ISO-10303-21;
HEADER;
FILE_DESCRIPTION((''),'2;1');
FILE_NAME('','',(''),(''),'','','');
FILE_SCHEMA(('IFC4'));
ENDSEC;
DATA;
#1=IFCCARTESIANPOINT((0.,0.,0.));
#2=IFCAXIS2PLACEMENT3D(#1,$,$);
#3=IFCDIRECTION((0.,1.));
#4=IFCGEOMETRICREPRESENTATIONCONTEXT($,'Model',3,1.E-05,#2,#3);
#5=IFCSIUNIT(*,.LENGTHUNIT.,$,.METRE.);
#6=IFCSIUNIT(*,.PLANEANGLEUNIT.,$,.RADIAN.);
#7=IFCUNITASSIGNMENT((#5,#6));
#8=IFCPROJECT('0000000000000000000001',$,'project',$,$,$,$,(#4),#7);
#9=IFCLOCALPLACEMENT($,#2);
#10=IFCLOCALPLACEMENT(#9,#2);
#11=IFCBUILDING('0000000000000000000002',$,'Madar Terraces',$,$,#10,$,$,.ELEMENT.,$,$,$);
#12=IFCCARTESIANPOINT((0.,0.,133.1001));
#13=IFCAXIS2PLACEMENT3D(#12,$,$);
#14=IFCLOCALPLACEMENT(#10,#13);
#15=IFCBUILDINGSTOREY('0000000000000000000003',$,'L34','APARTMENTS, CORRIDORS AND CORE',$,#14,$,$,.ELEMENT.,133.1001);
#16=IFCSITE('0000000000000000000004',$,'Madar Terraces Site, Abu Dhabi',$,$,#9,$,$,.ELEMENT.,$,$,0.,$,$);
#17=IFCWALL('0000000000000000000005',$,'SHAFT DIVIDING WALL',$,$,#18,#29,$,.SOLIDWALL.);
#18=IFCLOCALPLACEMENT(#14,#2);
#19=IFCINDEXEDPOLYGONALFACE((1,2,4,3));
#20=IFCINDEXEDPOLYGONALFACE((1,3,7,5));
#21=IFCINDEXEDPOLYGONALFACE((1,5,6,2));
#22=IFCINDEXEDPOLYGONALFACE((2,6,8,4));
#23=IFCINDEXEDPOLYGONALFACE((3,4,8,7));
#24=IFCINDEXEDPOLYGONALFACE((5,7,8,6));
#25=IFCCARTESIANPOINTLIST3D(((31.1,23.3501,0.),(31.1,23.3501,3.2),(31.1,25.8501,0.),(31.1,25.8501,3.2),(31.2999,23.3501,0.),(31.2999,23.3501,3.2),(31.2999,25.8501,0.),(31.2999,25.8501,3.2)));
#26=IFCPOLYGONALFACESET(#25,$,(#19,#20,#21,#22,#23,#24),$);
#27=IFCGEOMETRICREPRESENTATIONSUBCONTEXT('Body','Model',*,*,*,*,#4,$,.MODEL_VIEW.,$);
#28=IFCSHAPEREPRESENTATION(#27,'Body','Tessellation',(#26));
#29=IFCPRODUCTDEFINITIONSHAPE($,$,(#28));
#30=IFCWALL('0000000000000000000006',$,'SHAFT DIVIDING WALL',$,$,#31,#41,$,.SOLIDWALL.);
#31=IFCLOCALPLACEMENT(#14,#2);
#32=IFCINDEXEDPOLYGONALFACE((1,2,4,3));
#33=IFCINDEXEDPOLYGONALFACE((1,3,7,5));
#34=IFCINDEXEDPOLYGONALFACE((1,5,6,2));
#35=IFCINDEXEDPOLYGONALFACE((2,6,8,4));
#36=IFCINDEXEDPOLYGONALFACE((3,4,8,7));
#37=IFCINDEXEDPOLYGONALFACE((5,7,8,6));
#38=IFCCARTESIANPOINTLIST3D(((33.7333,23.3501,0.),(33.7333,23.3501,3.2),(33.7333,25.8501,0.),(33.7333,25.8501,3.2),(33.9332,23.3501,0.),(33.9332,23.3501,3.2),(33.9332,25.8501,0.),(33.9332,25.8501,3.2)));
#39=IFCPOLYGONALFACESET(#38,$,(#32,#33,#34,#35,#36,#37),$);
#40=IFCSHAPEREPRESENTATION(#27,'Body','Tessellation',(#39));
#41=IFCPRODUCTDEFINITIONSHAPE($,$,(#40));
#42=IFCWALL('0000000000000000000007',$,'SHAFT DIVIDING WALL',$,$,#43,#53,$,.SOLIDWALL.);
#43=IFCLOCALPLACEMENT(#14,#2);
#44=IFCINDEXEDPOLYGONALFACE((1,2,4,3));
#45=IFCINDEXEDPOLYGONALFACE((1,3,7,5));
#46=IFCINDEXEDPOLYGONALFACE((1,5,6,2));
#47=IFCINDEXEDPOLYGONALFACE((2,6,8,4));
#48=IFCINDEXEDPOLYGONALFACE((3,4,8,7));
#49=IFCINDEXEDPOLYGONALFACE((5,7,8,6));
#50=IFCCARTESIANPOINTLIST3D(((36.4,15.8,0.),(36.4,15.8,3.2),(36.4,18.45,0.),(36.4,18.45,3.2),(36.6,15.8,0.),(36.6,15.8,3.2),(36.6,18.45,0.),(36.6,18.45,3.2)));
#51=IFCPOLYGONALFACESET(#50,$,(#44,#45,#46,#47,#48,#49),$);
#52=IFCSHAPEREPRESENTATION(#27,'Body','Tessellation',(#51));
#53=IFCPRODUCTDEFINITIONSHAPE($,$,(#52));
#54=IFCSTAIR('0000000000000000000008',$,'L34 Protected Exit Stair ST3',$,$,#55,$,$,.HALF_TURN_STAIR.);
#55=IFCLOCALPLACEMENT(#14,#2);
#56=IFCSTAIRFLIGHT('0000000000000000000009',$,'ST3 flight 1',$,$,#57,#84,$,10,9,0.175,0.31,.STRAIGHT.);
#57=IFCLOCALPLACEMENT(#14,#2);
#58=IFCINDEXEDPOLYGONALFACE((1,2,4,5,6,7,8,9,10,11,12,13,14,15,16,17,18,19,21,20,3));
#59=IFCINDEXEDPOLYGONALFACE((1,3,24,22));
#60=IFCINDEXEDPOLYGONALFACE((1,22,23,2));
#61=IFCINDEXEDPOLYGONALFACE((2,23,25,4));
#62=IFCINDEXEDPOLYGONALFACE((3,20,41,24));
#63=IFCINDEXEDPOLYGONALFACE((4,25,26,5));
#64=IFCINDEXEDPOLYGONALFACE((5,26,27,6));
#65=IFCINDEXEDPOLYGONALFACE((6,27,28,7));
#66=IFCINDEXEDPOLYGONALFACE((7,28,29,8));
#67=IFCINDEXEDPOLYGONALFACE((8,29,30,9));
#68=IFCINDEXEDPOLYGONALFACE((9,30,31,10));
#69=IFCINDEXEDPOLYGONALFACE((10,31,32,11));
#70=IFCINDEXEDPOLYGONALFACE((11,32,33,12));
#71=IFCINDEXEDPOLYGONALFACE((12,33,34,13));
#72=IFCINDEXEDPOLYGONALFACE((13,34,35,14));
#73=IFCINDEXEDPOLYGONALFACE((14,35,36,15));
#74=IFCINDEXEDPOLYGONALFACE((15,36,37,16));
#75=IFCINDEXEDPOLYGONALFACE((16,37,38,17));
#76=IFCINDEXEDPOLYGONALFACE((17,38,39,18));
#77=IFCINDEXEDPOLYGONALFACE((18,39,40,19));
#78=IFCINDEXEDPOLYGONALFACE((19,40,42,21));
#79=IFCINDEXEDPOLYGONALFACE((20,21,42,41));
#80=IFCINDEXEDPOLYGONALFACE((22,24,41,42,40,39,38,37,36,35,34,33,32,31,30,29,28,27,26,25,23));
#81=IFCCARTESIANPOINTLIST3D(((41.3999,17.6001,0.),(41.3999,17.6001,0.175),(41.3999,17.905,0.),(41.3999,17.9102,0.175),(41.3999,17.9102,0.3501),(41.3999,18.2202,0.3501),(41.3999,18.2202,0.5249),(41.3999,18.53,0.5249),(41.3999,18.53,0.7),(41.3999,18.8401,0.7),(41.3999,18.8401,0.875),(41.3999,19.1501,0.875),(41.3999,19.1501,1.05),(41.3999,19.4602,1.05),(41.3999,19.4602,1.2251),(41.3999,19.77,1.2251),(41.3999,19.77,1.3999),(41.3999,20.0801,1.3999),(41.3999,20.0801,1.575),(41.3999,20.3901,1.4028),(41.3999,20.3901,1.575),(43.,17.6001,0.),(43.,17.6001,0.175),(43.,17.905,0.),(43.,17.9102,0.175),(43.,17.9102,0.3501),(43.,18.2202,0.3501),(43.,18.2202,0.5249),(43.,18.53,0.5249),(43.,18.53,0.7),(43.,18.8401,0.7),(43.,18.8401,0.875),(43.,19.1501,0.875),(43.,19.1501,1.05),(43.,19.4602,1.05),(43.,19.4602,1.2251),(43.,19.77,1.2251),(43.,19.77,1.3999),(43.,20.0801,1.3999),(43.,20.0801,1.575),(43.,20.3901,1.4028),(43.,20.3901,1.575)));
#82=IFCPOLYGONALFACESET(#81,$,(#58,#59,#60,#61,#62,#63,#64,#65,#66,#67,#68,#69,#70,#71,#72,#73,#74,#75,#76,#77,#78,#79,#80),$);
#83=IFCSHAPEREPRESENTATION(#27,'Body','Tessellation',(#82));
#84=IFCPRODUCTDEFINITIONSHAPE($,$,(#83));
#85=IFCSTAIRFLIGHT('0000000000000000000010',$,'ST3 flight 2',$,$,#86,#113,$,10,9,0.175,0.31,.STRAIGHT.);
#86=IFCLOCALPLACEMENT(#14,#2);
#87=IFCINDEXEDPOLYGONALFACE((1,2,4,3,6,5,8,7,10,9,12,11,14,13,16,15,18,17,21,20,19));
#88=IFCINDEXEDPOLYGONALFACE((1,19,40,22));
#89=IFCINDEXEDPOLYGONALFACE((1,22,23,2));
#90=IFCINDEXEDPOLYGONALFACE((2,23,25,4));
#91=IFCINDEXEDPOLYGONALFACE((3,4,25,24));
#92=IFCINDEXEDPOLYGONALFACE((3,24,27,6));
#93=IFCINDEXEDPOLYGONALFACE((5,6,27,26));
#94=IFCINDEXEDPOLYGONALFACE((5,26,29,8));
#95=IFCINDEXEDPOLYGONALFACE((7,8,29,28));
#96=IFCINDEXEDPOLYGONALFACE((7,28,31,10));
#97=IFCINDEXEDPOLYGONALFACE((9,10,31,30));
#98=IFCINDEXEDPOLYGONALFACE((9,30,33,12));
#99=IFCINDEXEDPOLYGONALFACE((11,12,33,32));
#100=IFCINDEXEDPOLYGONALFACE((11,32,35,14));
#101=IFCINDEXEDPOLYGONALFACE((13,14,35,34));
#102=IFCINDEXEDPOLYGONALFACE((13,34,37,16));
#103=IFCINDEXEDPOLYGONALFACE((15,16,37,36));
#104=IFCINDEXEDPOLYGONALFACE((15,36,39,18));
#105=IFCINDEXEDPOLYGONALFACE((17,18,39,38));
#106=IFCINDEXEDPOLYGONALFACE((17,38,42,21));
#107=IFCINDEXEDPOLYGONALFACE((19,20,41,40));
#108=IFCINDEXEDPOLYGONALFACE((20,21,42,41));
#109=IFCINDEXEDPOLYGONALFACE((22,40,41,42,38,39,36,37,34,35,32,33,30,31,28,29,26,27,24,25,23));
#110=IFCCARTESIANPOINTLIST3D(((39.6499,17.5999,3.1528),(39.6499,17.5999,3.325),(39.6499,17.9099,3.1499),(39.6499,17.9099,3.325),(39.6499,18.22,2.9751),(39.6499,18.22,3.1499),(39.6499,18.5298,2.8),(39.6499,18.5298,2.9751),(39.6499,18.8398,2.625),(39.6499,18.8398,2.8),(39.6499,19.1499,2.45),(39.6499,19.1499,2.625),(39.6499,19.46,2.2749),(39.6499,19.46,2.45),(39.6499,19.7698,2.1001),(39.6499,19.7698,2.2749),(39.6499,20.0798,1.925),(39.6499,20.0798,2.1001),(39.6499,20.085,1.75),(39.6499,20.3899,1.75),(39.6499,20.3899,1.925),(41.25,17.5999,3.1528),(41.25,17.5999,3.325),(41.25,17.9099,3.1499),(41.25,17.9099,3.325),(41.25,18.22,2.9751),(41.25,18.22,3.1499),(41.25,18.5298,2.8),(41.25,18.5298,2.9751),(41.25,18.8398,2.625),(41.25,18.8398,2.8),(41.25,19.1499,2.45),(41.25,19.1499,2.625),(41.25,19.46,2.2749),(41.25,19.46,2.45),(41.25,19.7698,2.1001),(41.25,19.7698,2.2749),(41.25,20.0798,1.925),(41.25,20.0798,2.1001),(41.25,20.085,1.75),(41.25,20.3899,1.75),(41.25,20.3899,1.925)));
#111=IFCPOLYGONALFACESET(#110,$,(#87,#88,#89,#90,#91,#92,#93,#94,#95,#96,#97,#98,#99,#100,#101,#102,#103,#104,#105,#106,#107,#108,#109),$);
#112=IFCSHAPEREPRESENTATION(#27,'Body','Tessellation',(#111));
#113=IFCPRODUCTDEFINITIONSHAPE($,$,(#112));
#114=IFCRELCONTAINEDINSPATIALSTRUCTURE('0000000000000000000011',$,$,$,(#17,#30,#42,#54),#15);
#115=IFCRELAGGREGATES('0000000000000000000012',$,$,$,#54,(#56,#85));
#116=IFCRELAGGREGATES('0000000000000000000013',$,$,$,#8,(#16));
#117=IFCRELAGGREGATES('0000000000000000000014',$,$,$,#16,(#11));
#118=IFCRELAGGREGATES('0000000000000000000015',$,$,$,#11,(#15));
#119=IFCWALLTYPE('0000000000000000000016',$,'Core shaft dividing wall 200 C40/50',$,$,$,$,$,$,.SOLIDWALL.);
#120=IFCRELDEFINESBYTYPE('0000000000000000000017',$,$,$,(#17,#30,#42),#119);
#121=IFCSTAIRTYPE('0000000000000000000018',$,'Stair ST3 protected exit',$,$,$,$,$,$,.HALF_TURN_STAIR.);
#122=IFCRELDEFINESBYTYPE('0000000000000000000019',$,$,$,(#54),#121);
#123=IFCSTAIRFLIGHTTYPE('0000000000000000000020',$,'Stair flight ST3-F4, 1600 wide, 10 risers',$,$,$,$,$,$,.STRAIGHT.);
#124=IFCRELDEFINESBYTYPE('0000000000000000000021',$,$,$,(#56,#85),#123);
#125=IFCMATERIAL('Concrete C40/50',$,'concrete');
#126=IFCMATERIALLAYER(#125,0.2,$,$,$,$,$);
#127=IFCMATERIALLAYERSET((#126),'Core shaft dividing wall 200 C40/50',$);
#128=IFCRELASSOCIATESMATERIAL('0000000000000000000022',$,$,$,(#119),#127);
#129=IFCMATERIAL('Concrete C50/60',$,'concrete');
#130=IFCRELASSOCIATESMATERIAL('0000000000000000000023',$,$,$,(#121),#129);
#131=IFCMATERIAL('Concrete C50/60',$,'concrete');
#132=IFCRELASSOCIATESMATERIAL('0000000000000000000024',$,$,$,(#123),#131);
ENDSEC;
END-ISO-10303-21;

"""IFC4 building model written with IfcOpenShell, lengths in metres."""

from ifc_helpers import new_model, si_unit, direction, frame, frame_2d, origin, place, context, subcontext, project, spatial, polyline, rectangle, outline, extrude, material, layer, layer_set, type_object, element, aggregate, save


model = new_model("IFC4")

# Units and contexts
model_context = context("Model", 3, precision=1e-05, world=origin(), true_north=direction((0.0, 1.0)))
body_context = subcontext(model_context, "Body", "Model", "MODEL_VIEW")
ifc_project = project(units=[si_unit("LENGTHUNIT", "METRE"), si_unit("PLANEANGLEUNIT", "RADIAN")], contexts=[model_context])

# Site, building, storey
site_placement = place(None, origin())
site = spatial("IfcSite", under=ifc_project, at=site_placement, Name="Madar Terraces Site, Abu Dhabi", CompositionType="ELEMENT", RefElevation=0.0)
building_placement = place(site_placement, origin())
building = spatial("IfcBuilding", under=site, at=building_placement, Name="Madar Terraces", CompositionType="ELEMENT")
storey_placement = place(building_placement, frame((0.0, 0.0, 133.1001)))
storey = spatial("IfcBuildingStorey", under=building, at=storey_placement, Name="L34", Description="APARTMENTS, CORRIDORS AND CORE", CompositionType="ELEMENT", Elevation=133.1001)

# Walls
ifc_material_1 = material(Name="Concrete C40/50", Category="concrete")
ifc_layer_1 = layer(ifc_material_1, 0.2)
ifc_layer_set_1 = layer_set([ifc_layer_1], Name="Core shaft dividing wall 200 C40/50")
wall_type_1 = type_object("IfcWallType", Name="Core shaft dividing wall 200 C40/50", PredefinedType="SOLIDWALL", material=ifc_layer_set_1)
for number, where, z_axis, x_axis, name in (
    (1, (31.2, 23.3501, 0.0), (0.0, 0.0, 1.0), (0.0, 1.0, 0.0), "SHAFT DIVIDING WALL"),
    (2, (33.8333, 23.3501, 0.0), (0.0, 0.0, 1.0), (0.0, 1.0, 0.0), "SHAFT DIVIDING WALL"),
):
    element("IfcWall", number, at=place(storey_placement, frame(where, z_axis=z_axis, x_axis=x_axis)), inside=storey, type_object=wall_type_1, Name=name, PredefinedType="SOLIDWALL", context=body_context, shape_type="SweptSolid", body=[
        extrude(rectangle(XDim=2.5, YDim=0.2, at=frame_2d((1.25, 0.0))), origin(), (0.0, 0.0, 1.0), 3.2),
    ])
wall_1_placement = place(storey_placement, frame((36.5, 15.8, 0.0), z_axis=(0.0, 0.0, 1.0), x_axis=(0.0, 1.0, 0.0)))
element("IfcWall", 3, at=wall_1_placement, inside=storey, type_object=wall_type_1, Name="SHAFT DIVIDING WALL", PredefinedType="SOLIDWALL", context=body_context, shape_type="SweptSolid", body=[
    extrude(rectangle(XDim=2.6499, YDim=0.2, at=frame_2d((1.325, 0.0))), origin(), (0.0, 0.0, 1.0), 3.2),
])

# Stair, stair flights
ifc_material_2 = material(Name="Concrete C50/60", Category="concrete")
stair_type = type_object("IfcStairType", Name="Stair ST3 protected exit", PredefinedType="HALF_TURN_STAIR", material=ifc_material_2)
stair_placement = place(storey_placement, origin())
stair = element("IfcStair", 4, at=stair_placement, inside=storey, type_object=stair_type, Name="L34 Protected Exit Stair ST3", PredefinedType="HALF_TURN_STAIR")
ifc_material_3 = material(Name="Concrete C50/60", Category="concrete")
stair_flight_type = type_object("IfcStairFlightType", Name="Stair flight ST3-F4, 1600 wide, 10 risers", PredefinedType="STRAIGHT", material=ifc_material_3)
stair_flight_1_placement = place(storey_placement, frame((42.2, 17.6001, 0.0), z_axis=(0.0, 0.0, 1.0), x_axis=(0.0, 1.0, 0.0)))
stair_flight_1 = element("IfcStairFlight", 5, at=stair_flight_1_placement, type_object=stair_flight_type, Name="ST3 flight 1", NumberOfRisers=10, NumberOfTreads=9, PredefinedType="STRAIGHT", RiserHeight=0.175, TreadLength=0.31, context=body_context, shape_type="SweptSolid", body=[
    extrude(outline(polyline([(0.0, 0.0), (0.0, 0.175), (0.3101, 0.175), (0.3101, 0.3501), (0.6201, 0.3501), (0.6201, 0.5249), (0.9299, 0.5249), (0.9299, 0.7), (1.24, 0.7), (1.24, 0.875), (1.55, 0.875), (1.55, 1.05), (1.8601, 1.05), (1.8601, 1.2251), (2.1699, 1.2251), (2.1699, 1.3999), (2.48, 1.3999), (2.48, 1.575), (2.79, 1.575), (2.79, 1.75), (2.79, 1.4028), (0.3049, 0.0), (0.0, 0.0)])), frame((0.0, 0.8, 0.0), z_axis=(0.0, -1.0, 0.0), x_axis=(1.0, 0.0, 0.0)), (0.0, 0.0, 1.0), 1.6001),
])
stair_flight_2_placement = place(storey_placement, frame((40.45, 20.3899, 1.75), z_axis=(0.0, 0.0, 1.0), x_axis=(0.0, -1.0, 0.0)))
stair_flight_2 = element("IfcStairFlight", 6, at=stair_flight_2_placement, type_object=stair_flight_type, Name="ST3 flight 2", NumberOfRisers=10, NumberOfTreads=9, PredefinedType="STRAIGHT", RiserHeight=0.175, TreadLength=0.31, context=body_context, shape_type="SweptSolid", body=[
    extrude(outline(polyline([(0.0, 0.0), (0.0, 0.175), (0.3101, 0.175), (0.3101, 0.3501), (0.6201, 0.3501), (0.6201, 0.5249), (0.9299, 0.5249), (0.9299, 0.7), (1.24, 0.7), (1.24, 0.875), (1.55, 0.875), (1.55, 1.05), (1.8601, 1.05), (1.8601, 1.2251), (2.1699, 1.2251), (2.1699, 1.3999), (2.48, 1.3999), (2.48, 1.575), (2.79, 1.575), (2.79, 1.75), (2.79, 1.4028), (0.3049, 0.0), (0.0, 0.0)])), frame((0.0, 0.8, 0.0), z_axis=(0.0, -1.0, 0.0), x_axis=(1.0, 0.0, 0.0)), (0.0, 0.0, 1.0), 1.6001),
])
aggregate(stair, [stair_flight_1, stair_flight_2])

save(model, "model.ifc")
